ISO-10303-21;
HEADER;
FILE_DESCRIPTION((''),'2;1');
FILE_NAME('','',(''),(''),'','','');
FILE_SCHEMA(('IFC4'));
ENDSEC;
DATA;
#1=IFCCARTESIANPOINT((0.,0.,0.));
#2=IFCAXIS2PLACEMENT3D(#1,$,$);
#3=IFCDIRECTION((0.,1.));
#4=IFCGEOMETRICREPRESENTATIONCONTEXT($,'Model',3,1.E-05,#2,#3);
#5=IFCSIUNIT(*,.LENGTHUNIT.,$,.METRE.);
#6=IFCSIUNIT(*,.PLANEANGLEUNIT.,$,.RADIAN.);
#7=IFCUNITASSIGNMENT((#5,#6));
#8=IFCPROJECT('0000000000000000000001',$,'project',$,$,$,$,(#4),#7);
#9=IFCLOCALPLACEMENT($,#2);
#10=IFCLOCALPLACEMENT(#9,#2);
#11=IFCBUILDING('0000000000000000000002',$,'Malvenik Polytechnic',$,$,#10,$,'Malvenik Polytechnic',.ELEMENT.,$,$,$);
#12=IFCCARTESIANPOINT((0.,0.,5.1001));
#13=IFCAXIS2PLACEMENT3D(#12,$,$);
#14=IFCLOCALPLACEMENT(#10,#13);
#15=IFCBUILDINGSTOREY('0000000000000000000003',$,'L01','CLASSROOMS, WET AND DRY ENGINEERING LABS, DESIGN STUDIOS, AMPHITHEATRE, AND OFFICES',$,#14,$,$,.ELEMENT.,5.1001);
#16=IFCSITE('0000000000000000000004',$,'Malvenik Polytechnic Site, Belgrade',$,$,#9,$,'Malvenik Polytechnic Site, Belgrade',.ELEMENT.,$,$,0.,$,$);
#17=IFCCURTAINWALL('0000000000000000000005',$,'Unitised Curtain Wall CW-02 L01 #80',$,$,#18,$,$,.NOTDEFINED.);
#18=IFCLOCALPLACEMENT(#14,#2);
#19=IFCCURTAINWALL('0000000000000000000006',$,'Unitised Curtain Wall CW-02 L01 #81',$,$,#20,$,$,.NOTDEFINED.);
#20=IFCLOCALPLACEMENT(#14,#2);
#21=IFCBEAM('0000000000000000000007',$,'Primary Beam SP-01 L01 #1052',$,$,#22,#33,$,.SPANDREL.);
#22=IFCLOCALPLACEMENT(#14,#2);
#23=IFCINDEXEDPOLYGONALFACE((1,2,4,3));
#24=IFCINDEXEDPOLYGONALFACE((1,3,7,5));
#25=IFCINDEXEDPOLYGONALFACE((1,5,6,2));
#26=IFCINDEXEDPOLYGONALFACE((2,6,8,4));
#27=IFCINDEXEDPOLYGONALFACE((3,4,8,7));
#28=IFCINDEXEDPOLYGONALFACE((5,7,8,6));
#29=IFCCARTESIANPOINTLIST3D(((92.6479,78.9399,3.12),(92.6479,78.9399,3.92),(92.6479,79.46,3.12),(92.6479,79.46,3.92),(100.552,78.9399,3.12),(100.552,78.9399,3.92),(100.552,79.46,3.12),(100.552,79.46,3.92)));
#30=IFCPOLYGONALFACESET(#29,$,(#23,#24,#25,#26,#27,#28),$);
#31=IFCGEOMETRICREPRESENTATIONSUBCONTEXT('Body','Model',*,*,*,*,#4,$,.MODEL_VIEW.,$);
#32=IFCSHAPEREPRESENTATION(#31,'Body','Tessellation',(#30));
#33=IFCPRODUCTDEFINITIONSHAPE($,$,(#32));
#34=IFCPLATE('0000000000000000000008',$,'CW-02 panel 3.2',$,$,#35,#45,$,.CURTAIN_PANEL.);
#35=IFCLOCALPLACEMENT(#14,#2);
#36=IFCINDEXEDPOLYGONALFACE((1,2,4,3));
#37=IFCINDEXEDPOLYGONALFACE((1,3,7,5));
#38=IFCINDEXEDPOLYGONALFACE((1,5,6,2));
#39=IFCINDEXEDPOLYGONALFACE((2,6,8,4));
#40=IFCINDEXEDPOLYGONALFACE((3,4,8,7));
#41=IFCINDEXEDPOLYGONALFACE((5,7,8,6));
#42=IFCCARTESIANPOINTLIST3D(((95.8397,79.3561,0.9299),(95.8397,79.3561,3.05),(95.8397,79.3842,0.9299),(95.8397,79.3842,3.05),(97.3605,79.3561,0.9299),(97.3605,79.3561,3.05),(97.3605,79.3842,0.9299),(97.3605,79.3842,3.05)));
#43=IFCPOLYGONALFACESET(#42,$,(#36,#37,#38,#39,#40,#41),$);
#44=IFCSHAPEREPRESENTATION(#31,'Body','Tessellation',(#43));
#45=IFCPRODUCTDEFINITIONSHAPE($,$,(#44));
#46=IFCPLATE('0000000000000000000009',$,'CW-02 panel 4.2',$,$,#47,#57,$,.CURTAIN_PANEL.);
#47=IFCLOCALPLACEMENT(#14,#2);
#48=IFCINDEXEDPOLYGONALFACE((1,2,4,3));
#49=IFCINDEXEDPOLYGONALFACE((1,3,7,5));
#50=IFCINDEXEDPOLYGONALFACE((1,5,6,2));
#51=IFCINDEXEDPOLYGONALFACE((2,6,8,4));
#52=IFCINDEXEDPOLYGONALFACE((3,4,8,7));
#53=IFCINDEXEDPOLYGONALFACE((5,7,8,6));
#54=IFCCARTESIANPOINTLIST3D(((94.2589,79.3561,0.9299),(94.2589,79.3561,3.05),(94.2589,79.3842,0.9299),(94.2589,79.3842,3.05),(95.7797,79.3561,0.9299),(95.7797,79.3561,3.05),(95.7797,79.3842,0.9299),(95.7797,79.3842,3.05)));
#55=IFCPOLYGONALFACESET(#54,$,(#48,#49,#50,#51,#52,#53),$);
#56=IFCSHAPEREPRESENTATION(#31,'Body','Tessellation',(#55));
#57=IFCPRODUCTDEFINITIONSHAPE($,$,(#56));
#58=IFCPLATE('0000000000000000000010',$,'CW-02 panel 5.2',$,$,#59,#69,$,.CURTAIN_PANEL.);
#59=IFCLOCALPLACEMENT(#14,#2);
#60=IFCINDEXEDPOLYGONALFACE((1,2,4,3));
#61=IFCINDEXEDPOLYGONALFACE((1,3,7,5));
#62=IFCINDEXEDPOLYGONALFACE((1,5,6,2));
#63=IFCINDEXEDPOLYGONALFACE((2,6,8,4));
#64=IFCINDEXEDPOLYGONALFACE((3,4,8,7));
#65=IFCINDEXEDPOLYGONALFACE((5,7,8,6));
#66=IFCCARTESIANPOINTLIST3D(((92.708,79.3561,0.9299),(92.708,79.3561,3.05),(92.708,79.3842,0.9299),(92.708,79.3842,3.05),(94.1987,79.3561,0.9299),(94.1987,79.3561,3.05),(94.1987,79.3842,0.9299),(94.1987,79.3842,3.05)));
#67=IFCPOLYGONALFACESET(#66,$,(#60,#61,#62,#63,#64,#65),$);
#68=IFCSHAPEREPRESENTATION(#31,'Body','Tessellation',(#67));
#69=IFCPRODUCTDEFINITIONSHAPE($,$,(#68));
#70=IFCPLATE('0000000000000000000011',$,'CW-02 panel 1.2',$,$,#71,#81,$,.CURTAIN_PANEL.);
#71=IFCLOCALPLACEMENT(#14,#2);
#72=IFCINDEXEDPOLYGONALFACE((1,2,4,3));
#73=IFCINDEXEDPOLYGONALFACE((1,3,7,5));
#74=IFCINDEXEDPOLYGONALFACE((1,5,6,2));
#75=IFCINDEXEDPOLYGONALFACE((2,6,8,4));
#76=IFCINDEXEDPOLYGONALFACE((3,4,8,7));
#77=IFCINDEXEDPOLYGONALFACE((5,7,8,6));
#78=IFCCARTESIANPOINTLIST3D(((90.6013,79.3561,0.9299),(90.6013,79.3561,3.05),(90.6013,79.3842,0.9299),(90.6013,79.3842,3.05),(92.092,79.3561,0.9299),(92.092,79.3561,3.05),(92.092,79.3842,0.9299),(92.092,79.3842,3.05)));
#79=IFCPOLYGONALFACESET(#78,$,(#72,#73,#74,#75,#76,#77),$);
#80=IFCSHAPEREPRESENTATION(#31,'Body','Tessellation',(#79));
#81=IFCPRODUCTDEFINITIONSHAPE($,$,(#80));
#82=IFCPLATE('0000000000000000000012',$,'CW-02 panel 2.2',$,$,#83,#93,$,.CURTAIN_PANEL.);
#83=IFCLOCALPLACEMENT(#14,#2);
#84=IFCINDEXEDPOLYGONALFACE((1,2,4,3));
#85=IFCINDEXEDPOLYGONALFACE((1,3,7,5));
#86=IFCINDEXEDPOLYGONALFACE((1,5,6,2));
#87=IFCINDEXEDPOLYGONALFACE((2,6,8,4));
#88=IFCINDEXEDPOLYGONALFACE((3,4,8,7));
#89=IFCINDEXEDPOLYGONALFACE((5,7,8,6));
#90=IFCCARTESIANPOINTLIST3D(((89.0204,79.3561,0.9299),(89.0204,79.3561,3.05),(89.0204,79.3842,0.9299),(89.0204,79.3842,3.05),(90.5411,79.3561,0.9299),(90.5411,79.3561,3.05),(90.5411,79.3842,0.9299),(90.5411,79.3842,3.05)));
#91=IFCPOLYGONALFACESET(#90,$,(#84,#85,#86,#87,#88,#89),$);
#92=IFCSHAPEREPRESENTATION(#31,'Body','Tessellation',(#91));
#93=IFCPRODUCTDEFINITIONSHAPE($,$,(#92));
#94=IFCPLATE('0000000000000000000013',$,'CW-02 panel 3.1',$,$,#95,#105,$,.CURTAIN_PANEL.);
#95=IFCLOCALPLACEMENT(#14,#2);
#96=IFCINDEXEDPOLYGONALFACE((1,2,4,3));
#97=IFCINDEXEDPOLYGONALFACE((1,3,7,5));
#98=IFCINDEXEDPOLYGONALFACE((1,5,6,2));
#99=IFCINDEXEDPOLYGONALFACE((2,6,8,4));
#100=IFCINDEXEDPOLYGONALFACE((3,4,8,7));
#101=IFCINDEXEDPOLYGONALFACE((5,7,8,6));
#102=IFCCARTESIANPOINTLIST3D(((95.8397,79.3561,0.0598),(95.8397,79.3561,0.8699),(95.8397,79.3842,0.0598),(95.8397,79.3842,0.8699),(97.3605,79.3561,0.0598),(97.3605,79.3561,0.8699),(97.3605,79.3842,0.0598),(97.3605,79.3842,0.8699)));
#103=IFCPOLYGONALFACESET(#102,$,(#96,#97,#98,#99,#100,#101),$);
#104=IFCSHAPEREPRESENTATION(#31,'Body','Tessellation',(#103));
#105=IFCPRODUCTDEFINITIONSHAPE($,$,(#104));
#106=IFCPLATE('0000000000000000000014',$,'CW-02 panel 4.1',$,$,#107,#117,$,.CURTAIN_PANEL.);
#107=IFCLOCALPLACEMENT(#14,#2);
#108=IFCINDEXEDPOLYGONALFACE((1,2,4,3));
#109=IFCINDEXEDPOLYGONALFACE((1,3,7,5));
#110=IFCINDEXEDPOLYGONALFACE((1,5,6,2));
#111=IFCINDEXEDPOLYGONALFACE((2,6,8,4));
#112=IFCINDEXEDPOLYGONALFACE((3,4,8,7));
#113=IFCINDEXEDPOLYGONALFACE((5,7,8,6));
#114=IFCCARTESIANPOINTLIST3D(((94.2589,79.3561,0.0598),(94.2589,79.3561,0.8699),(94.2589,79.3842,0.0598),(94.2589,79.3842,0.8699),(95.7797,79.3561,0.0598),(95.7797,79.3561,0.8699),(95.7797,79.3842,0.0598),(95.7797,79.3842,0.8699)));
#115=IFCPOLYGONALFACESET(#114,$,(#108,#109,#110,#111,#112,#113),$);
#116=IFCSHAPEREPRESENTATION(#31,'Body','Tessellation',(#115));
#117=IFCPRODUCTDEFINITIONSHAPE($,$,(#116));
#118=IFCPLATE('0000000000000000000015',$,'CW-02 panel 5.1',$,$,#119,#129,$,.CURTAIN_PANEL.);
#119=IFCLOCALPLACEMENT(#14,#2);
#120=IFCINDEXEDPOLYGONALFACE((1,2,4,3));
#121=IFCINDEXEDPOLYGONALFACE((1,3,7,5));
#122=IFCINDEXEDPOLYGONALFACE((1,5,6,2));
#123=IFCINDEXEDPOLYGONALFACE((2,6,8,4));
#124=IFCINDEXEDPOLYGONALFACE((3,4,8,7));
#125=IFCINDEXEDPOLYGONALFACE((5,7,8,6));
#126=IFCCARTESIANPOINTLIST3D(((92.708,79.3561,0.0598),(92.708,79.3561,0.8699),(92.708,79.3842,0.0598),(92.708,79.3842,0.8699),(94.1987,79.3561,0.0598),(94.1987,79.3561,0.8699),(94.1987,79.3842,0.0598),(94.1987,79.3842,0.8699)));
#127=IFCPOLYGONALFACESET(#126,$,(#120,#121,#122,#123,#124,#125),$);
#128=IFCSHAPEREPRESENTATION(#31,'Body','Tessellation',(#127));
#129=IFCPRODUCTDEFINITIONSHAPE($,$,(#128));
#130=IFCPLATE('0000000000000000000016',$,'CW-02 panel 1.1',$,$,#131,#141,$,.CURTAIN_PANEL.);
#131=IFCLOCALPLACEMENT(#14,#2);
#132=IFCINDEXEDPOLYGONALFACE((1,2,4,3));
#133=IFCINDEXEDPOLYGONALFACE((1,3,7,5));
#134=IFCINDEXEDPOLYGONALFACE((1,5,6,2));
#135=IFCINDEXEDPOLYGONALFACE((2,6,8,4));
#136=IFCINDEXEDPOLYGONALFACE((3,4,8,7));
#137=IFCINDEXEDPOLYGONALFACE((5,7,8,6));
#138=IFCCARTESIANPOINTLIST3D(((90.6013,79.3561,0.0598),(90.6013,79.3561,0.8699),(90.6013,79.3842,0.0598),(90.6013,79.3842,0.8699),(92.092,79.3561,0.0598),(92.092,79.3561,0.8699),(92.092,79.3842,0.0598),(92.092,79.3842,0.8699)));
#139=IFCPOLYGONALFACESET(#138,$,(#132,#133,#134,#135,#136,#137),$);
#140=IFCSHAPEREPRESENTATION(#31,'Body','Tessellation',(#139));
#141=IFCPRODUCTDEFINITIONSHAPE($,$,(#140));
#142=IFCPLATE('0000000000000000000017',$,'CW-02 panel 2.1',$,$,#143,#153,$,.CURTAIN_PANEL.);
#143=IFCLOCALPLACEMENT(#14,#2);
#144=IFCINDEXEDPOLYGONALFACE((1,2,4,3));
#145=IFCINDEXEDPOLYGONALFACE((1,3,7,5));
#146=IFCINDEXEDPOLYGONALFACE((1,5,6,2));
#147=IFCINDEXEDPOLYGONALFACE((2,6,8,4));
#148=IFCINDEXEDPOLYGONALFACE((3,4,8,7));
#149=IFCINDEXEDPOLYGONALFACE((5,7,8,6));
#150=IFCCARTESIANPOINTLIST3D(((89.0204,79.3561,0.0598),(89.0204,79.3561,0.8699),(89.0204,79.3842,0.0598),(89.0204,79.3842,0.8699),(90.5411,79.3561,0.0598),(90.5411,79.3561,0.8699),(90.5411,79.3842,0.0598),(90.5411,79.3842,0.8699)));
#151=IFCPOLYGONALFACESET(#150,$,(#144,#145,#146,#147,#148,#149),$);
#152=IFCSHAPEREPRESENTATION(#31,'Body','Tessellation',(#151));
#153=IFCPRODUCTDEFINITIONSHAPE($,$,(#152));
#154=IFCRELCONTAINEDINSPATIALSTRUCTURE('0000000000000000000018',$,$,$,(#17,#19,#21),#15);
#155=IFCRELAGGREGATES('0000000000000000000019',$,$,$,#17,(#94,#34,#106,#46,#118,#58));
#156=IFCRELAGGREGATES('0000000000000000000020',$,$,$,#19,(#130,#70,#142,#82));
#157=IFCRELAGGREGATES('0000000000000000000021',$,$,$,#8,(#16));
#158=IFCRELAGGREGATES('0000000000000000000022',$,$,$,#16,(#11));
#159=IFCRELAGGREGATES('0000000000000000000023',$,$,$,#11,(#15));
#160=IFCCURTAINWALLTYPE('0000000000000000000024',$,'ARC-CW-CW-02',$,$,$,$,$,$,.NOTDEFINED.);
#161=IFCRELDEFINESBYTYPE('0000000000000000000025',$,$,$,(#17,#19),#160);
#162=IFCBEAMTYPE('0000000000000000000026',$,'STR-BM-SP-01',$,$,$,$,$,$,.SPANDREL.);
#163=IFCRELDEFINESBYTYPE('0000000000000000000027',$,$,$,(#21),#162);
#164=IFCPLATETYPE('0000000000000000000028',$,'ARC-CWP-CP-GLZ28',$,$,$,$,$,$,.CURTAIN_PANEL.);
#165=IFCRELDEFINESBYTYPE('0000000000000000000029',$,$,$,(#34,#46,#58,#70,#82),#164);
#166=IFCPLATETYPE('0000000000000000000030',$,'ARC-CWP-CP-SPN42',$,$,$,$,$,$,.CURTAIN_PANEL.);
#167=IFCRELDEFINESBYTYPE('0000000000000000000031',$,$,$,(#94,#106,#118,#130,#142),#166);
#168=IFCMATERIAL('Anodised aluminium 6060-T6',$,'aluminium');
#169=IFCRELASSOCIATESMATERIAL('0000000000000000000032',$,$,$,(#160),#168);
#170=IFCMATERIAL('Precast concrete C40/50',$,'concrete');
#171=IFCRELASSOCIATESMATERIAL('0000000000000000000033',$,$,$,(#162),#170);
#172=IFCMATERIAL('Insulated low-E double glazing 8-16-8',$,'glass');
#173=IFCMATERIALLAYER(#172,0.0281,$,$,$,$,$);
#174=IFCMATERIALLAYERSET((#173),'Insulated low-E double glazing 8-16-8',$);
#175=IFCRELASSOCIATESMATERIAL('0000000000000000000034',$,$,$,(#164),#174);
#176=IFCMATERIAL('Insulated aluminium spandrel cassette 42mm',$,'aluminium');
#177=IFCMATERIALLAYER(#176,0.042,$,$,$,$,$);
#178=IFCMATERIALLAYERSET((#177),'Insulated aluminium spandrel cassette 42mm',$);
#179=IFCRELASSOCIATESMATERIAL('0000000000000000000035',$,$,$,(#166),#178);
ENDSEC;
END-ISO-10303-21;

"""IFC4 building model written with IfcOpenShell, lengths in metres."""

from ifc_helpers import new_model, si_unit, direction, frame, origin, origin_2d, place, context, subcontext, project, spatial, rectangle, extrude, material, layer, layer_set, material_profile, profile_set, type_object, element, aggregate, save


model = new_model("IFC4")

# Units and contexts
model_context = context("Model", 3, precision=1e-05, world=origin(), true_north=direction((0.0, 1.0)))
body_context = subcontext(model_context, "Body", "Model", "MODEL_VIEW")
ifc_project = project(units=[si_unit("LENGTHUNIT", "METRE"), si_unit("PLANEANGLEUNIT", "RADIAN")], contexts=[model_context])

# Site, building, storey
site_placement = place(None, origin())
site = spatial("IfcSite", under=ifc_project, at=site_placement, Name="Malvenik Polytechnic Site, Belgrade", LongName="Malvenik Polytechnic Site, Belgrade", CompositionType="ELEMENT", RefElevation=0.0)
building_placement = place(site_placement, origin())
building = spatial("IfcBuilding", under=site, at=building_placement, Name="Malvenik Polytechnic", LongName="Malvenik Polytechnic", CompositionType="ELEMENT")
storey_placement = place(building_placement, frame((0.0, 0.0, 5.1001)))
storey = spatial("IfcBuildingStorey", under=building, at=storey_placement, Name="L01", Description="CLASSROOMS, WET AND DRY ENGINEERING LABS, DESIGN STUDIOS, AMPHITHEATRE, AND OFFICES", CompositionType="ELEMENT", Elevation=5.1001)

# Curtain walls
ifc_material_1 = material(Name="Anodised aluminium 6060-T6", Category="aluminium")
curtain_wall_type = type_object("IfcCurtainWallType", Name="ARC-CW-CW-02", PredefinedType="NOTDEFINED", material=ifc_material_1)
curtain_wall_1_placement = place(storey_placement, origin())
curtain_wall_1 = element("IfcCurtainWall", 1, at=curtain_wall_1_placement, inside=storey, type_object=curtain_wall_type, Name="Unitised Curtain Wall CW-02 L01 #80", PredefinedType="NOTDEFINED")
curtain_wall_2_placement = place(storey_placement, origin())
curtain_wall_2 = element("IfcCurtainWall", 2, at=curtain_wall_2_placement, inside=storey, type_object=curtain_wall_type, Name="Unitised Curtain Wall CW-02 L01 #81", PredefinedType="NOTDEFINED")

# Beam
ifc_material_2 = material(Name="Precast concrete C40/50", Category="concrete")
ifc_material_profile_1 = material_profile(ifc_material_2, rectangle(XDim=0.52, YDim=0.8, at=origin_2d()), Name="PC SPN 520x800")
ifc_profile_set_1 = profile_set([ifc_material_profile_1], Name="Precast concrete C40/50")
beam_type_1 = type_object("IfcBeamType", Name="STR-BM-SP-01", PredefinedType="SPANDREL", material=ifc_profile_set_1)
beam_1_placement = place(storey_placement, frame((92.6479, 79.2, 3.52), z_axis=(1.0, 0.0, 0.0), x_axis=(0.0, 1.0, 0.0)))
element("IfcBeam", 3, at=beam_1_placement, inside=storey, type_object=beam_type_1, Name="Primary Beam SP-01 L01 #1052", PredefinedType="SPANDREL", context=body_context, shape_type="SweptSolid", body=[
    extrude(rectangle(XDim=0.52, YDim=0.8, at=origin_2d()), origin(), (0.0, 0.0, 1.0), 7.9041),
])

# Plates
ifc_material_3 = material(Name="Insulated low-E double glazing 8-16-8", Category="glass")
ifc_layer_1 = layer(ifc_material_3, 0.0281)
ifc_layer_set_1 = layer_set([ifc_layer_1], Name="Insulated low-E double glazing 8-16-8")
plate_type_1 = type_object("IfcPlateType", Name="ARC-CWP-CP-GLZ28", PredefinedType="CURTAIN_PANEL", material=ifc_layer_set_1)
plate_1_placement = place(storey_placement, frame((96.6001, 79.3701, 0.9299), z_axis=(0.0, 0.0, 1.0), x_axis=(-1.0, 0.0, 0.0)))
plate_1 = element("IfcPlate", 4, at=plate_1_placement, type_object=plate_type_1, Name="CW-02 panel 3.2", PredefinedType="CURTAIN_PANEL", context=body_context, shape_type="SweptSolid", body=[
    extrude(rectangle(XDim=1.5208, YDim=0.0281, at=origin_2d()), origin(), (0.0, 0.0, 1.0), 2.1201),
])
plate_2_placement = place(storey_placement, frame((95.0193, 79.3701, 0.9299), z_axis=(0.0, 0.0, 1.0), x_axis=(-1.0, 0.0, 0.0)))
plate_2 = element("IfcPlate", 5, at=plate_2_placement, type_object=plate_type_1, Name="CW-02 panel 4.2", PredefinedType="CURTAIN_PANEL", context=body_context, shape_type="SweptSolid", body=[
    extrude(rectangle(XDim=1.5208, YDim=0.0281, at=origin_2d()), origin(), (0.0, 0.0, 1.0), 2.1201),
])
plate_3_placement = place(storey_placement, frame((93.4534, 79.3701, 0.9299), z_axis=(0.0, 0.0, 1.0), x_axis=(-1.0, 0.0, 0.0)))
plate_3 = element("IfcPlate", 6, at=plate_3_placement, type_object=plate_type_1, Name="CW-02 panel 5.2", PredefinedType="CURTAIN_PANEL", context=body_context, shape_type="SweptSolid", body=[
    extrude(rectangle(XDim=1.4907, YDim=0.0281, at=origin_2d()), origin(), (0.0, 0.0, 1.0), 2.1201),
])
plate_4_placement = place(storey_placement, frame((91.3467, 79.3701, 0.9299), z_axis=(0.0, 0.0, 1.0), x_axis=(-1.0, 0.0, 0.0)))
plate_4 = element("IfcPlate", 7, at=plate_4_placement, type_object=plate_type_1, Name="CW-02 panel 1.2", PredefinedType="CURTAIN_PANEL", context=body_context, shape_type="SweptSolid", body=[
    extrude(rectangle(XDim=1.4907, YDim=0.0281, at=origin_2d()), origin(), (0.0, 0.0, 1.0), 2.1201),
])
plate_5_placement = place(storey_placement, frame((89.7808, 79.3701, 0.9299), z_axis=(0.0, 0.0, 1.0), x_axis=(-1.0, 0.0, 0.0)))
plate_5 = element("IfcPlate", 8, at=plate_5_placement, type_object=plate_type_1, Name="CW-02 panel 2.2", PredefinedType="CURTAIN_PANEL", context=body_context, shape_type="SweptSolid", body=[
    extrude(rectangle(XDim=1.5208, YDim=0.0281, at=origin_2d()), origin(), (0.0, 0.0, 1.0), 2.1201),
])
ifc_material_4 = material(Name="Insulated aluminium spandrel cassette 42mm", Category="aluminium")
ifc_layer_2 = layer(ifc_material_4, 0.042)
ifc_layer_set_2 = layer_set([ifc_layer_2], Name="Insulated aluminium spandrel cassette 42mm")
plate_type_2 = type_object("IfcPlateType", Name="ARC-CWP-CP-SPN42", PredefinedType="CURTAIN_PANEL", material=ifc_layer_set_2)
plate_6_placement = place(storey_placement, frame((96.6001, 79.3701, 0.0598), z_axis=(0.0, 0.0, 1.0), x_axis=(-1.0, 0.0, 0.0)))
plate_6 = element("IfcPlate", 9, at=plate_6_placement, type_object=plate_type_2, Name="CW-02 panel 3.1", PredefinedType="CURTAIN_PANEL", context=body_context, shape_type="SweptSolid", body=[
    extrude(rectangle(XDim=1.5208, YDim=0.0281, at=origin_2d()), origin(), (0.0, 0.0, 1.0), 0.8101),
])
plate_7_placement = place(storey_placement, frame((95.0193, 79.3701, 0.0598), z_axis=(0.0, 0.0, 1.0), x_axis=(-1.0, 0.0, 0.0)))
plate_7 = element("IfcPlate", 10, at=plate_7_placement, type_object=plate_type_2, Name="CW-02 panel 4.1", PredefinedType="CURTAIN_PANEL", context=body_context, shape_type="SweptSolid", body=[
    extrude(rectangle(XDim=1.5208, YDim=0.0281, at=origin_2d()), origin(), (0.0, 0.0, 1.0), 0.8101),
])
plate_8_placement = place(storey_placement, frame((93.4534, 79.3701, 0.0598), z_axis=(0.0, 0.0, 1.0), x_axis=(-1.0, 0.0, 0.0)))
plate_8 = element("IfcPlate", 11, at=plate_8_placement, type_object=plate_type_2, Name="CW-02 panel 5.1", PredefinedType="CURTAIN_PANEL", context=body_context, shape_type="SweptSolid", body=[
    extrude(rectangle(XDim=1.4907, YDim=0.0281, at=origin_2d()), origin(), (0.0, 0.0, 1.0), 0.8101),
])
aggregate(curtain_wall_1, [plate_6, plate_1, plate_7, plate_2, plate_8, plate_3])
plate_9_placement = place(storey_placement, frame((91.3467, 79.3701, 0.0598), z_axis=(0.0, 0.0, 1.0), x_axis=(-1.0, 0.0, 0.0)))
plate_9 = element("IfcPlate", 12, at=plate_9_placement, type_object=plate_type_2, Name="CW-02 panel 1.1", PredefinedType="CURTAIN_PANEL", context=body_context, shape_type="SweptSolid", body=[
    extrude(rectangle(XDim=1.4907, YDim=0.0281, at=origin_2d()), origin(), (0.0, 0.0, 1.0), 0.8101),
])
plate_10_placement = place(storey_placement, frame((89.7808, 79.3701, 0.0598), z_axis=(0.0, 0.0, 1.0), x_axis=(-1.0, 0.0, 0.0)))
plate_10 = element("IfcPlate", 13, at=plate_10_placement, type_object=plate_type_2, Name="CW-02 panel 2.1", PredefinedType="CURTAIN_PANEL", context=body_context, shape_type="SweptSolid", body=[
    extrude(rectangle(XDim=1.5208, YDim=0.0281, at=origin_2d()), origin(), (0.0, 0.0, 1.0), 0.8101),
])
aggregate(curtain_wall_2, [plate_9, plate_4, plate_10, plate_5])

save(model, "model.ifc")
